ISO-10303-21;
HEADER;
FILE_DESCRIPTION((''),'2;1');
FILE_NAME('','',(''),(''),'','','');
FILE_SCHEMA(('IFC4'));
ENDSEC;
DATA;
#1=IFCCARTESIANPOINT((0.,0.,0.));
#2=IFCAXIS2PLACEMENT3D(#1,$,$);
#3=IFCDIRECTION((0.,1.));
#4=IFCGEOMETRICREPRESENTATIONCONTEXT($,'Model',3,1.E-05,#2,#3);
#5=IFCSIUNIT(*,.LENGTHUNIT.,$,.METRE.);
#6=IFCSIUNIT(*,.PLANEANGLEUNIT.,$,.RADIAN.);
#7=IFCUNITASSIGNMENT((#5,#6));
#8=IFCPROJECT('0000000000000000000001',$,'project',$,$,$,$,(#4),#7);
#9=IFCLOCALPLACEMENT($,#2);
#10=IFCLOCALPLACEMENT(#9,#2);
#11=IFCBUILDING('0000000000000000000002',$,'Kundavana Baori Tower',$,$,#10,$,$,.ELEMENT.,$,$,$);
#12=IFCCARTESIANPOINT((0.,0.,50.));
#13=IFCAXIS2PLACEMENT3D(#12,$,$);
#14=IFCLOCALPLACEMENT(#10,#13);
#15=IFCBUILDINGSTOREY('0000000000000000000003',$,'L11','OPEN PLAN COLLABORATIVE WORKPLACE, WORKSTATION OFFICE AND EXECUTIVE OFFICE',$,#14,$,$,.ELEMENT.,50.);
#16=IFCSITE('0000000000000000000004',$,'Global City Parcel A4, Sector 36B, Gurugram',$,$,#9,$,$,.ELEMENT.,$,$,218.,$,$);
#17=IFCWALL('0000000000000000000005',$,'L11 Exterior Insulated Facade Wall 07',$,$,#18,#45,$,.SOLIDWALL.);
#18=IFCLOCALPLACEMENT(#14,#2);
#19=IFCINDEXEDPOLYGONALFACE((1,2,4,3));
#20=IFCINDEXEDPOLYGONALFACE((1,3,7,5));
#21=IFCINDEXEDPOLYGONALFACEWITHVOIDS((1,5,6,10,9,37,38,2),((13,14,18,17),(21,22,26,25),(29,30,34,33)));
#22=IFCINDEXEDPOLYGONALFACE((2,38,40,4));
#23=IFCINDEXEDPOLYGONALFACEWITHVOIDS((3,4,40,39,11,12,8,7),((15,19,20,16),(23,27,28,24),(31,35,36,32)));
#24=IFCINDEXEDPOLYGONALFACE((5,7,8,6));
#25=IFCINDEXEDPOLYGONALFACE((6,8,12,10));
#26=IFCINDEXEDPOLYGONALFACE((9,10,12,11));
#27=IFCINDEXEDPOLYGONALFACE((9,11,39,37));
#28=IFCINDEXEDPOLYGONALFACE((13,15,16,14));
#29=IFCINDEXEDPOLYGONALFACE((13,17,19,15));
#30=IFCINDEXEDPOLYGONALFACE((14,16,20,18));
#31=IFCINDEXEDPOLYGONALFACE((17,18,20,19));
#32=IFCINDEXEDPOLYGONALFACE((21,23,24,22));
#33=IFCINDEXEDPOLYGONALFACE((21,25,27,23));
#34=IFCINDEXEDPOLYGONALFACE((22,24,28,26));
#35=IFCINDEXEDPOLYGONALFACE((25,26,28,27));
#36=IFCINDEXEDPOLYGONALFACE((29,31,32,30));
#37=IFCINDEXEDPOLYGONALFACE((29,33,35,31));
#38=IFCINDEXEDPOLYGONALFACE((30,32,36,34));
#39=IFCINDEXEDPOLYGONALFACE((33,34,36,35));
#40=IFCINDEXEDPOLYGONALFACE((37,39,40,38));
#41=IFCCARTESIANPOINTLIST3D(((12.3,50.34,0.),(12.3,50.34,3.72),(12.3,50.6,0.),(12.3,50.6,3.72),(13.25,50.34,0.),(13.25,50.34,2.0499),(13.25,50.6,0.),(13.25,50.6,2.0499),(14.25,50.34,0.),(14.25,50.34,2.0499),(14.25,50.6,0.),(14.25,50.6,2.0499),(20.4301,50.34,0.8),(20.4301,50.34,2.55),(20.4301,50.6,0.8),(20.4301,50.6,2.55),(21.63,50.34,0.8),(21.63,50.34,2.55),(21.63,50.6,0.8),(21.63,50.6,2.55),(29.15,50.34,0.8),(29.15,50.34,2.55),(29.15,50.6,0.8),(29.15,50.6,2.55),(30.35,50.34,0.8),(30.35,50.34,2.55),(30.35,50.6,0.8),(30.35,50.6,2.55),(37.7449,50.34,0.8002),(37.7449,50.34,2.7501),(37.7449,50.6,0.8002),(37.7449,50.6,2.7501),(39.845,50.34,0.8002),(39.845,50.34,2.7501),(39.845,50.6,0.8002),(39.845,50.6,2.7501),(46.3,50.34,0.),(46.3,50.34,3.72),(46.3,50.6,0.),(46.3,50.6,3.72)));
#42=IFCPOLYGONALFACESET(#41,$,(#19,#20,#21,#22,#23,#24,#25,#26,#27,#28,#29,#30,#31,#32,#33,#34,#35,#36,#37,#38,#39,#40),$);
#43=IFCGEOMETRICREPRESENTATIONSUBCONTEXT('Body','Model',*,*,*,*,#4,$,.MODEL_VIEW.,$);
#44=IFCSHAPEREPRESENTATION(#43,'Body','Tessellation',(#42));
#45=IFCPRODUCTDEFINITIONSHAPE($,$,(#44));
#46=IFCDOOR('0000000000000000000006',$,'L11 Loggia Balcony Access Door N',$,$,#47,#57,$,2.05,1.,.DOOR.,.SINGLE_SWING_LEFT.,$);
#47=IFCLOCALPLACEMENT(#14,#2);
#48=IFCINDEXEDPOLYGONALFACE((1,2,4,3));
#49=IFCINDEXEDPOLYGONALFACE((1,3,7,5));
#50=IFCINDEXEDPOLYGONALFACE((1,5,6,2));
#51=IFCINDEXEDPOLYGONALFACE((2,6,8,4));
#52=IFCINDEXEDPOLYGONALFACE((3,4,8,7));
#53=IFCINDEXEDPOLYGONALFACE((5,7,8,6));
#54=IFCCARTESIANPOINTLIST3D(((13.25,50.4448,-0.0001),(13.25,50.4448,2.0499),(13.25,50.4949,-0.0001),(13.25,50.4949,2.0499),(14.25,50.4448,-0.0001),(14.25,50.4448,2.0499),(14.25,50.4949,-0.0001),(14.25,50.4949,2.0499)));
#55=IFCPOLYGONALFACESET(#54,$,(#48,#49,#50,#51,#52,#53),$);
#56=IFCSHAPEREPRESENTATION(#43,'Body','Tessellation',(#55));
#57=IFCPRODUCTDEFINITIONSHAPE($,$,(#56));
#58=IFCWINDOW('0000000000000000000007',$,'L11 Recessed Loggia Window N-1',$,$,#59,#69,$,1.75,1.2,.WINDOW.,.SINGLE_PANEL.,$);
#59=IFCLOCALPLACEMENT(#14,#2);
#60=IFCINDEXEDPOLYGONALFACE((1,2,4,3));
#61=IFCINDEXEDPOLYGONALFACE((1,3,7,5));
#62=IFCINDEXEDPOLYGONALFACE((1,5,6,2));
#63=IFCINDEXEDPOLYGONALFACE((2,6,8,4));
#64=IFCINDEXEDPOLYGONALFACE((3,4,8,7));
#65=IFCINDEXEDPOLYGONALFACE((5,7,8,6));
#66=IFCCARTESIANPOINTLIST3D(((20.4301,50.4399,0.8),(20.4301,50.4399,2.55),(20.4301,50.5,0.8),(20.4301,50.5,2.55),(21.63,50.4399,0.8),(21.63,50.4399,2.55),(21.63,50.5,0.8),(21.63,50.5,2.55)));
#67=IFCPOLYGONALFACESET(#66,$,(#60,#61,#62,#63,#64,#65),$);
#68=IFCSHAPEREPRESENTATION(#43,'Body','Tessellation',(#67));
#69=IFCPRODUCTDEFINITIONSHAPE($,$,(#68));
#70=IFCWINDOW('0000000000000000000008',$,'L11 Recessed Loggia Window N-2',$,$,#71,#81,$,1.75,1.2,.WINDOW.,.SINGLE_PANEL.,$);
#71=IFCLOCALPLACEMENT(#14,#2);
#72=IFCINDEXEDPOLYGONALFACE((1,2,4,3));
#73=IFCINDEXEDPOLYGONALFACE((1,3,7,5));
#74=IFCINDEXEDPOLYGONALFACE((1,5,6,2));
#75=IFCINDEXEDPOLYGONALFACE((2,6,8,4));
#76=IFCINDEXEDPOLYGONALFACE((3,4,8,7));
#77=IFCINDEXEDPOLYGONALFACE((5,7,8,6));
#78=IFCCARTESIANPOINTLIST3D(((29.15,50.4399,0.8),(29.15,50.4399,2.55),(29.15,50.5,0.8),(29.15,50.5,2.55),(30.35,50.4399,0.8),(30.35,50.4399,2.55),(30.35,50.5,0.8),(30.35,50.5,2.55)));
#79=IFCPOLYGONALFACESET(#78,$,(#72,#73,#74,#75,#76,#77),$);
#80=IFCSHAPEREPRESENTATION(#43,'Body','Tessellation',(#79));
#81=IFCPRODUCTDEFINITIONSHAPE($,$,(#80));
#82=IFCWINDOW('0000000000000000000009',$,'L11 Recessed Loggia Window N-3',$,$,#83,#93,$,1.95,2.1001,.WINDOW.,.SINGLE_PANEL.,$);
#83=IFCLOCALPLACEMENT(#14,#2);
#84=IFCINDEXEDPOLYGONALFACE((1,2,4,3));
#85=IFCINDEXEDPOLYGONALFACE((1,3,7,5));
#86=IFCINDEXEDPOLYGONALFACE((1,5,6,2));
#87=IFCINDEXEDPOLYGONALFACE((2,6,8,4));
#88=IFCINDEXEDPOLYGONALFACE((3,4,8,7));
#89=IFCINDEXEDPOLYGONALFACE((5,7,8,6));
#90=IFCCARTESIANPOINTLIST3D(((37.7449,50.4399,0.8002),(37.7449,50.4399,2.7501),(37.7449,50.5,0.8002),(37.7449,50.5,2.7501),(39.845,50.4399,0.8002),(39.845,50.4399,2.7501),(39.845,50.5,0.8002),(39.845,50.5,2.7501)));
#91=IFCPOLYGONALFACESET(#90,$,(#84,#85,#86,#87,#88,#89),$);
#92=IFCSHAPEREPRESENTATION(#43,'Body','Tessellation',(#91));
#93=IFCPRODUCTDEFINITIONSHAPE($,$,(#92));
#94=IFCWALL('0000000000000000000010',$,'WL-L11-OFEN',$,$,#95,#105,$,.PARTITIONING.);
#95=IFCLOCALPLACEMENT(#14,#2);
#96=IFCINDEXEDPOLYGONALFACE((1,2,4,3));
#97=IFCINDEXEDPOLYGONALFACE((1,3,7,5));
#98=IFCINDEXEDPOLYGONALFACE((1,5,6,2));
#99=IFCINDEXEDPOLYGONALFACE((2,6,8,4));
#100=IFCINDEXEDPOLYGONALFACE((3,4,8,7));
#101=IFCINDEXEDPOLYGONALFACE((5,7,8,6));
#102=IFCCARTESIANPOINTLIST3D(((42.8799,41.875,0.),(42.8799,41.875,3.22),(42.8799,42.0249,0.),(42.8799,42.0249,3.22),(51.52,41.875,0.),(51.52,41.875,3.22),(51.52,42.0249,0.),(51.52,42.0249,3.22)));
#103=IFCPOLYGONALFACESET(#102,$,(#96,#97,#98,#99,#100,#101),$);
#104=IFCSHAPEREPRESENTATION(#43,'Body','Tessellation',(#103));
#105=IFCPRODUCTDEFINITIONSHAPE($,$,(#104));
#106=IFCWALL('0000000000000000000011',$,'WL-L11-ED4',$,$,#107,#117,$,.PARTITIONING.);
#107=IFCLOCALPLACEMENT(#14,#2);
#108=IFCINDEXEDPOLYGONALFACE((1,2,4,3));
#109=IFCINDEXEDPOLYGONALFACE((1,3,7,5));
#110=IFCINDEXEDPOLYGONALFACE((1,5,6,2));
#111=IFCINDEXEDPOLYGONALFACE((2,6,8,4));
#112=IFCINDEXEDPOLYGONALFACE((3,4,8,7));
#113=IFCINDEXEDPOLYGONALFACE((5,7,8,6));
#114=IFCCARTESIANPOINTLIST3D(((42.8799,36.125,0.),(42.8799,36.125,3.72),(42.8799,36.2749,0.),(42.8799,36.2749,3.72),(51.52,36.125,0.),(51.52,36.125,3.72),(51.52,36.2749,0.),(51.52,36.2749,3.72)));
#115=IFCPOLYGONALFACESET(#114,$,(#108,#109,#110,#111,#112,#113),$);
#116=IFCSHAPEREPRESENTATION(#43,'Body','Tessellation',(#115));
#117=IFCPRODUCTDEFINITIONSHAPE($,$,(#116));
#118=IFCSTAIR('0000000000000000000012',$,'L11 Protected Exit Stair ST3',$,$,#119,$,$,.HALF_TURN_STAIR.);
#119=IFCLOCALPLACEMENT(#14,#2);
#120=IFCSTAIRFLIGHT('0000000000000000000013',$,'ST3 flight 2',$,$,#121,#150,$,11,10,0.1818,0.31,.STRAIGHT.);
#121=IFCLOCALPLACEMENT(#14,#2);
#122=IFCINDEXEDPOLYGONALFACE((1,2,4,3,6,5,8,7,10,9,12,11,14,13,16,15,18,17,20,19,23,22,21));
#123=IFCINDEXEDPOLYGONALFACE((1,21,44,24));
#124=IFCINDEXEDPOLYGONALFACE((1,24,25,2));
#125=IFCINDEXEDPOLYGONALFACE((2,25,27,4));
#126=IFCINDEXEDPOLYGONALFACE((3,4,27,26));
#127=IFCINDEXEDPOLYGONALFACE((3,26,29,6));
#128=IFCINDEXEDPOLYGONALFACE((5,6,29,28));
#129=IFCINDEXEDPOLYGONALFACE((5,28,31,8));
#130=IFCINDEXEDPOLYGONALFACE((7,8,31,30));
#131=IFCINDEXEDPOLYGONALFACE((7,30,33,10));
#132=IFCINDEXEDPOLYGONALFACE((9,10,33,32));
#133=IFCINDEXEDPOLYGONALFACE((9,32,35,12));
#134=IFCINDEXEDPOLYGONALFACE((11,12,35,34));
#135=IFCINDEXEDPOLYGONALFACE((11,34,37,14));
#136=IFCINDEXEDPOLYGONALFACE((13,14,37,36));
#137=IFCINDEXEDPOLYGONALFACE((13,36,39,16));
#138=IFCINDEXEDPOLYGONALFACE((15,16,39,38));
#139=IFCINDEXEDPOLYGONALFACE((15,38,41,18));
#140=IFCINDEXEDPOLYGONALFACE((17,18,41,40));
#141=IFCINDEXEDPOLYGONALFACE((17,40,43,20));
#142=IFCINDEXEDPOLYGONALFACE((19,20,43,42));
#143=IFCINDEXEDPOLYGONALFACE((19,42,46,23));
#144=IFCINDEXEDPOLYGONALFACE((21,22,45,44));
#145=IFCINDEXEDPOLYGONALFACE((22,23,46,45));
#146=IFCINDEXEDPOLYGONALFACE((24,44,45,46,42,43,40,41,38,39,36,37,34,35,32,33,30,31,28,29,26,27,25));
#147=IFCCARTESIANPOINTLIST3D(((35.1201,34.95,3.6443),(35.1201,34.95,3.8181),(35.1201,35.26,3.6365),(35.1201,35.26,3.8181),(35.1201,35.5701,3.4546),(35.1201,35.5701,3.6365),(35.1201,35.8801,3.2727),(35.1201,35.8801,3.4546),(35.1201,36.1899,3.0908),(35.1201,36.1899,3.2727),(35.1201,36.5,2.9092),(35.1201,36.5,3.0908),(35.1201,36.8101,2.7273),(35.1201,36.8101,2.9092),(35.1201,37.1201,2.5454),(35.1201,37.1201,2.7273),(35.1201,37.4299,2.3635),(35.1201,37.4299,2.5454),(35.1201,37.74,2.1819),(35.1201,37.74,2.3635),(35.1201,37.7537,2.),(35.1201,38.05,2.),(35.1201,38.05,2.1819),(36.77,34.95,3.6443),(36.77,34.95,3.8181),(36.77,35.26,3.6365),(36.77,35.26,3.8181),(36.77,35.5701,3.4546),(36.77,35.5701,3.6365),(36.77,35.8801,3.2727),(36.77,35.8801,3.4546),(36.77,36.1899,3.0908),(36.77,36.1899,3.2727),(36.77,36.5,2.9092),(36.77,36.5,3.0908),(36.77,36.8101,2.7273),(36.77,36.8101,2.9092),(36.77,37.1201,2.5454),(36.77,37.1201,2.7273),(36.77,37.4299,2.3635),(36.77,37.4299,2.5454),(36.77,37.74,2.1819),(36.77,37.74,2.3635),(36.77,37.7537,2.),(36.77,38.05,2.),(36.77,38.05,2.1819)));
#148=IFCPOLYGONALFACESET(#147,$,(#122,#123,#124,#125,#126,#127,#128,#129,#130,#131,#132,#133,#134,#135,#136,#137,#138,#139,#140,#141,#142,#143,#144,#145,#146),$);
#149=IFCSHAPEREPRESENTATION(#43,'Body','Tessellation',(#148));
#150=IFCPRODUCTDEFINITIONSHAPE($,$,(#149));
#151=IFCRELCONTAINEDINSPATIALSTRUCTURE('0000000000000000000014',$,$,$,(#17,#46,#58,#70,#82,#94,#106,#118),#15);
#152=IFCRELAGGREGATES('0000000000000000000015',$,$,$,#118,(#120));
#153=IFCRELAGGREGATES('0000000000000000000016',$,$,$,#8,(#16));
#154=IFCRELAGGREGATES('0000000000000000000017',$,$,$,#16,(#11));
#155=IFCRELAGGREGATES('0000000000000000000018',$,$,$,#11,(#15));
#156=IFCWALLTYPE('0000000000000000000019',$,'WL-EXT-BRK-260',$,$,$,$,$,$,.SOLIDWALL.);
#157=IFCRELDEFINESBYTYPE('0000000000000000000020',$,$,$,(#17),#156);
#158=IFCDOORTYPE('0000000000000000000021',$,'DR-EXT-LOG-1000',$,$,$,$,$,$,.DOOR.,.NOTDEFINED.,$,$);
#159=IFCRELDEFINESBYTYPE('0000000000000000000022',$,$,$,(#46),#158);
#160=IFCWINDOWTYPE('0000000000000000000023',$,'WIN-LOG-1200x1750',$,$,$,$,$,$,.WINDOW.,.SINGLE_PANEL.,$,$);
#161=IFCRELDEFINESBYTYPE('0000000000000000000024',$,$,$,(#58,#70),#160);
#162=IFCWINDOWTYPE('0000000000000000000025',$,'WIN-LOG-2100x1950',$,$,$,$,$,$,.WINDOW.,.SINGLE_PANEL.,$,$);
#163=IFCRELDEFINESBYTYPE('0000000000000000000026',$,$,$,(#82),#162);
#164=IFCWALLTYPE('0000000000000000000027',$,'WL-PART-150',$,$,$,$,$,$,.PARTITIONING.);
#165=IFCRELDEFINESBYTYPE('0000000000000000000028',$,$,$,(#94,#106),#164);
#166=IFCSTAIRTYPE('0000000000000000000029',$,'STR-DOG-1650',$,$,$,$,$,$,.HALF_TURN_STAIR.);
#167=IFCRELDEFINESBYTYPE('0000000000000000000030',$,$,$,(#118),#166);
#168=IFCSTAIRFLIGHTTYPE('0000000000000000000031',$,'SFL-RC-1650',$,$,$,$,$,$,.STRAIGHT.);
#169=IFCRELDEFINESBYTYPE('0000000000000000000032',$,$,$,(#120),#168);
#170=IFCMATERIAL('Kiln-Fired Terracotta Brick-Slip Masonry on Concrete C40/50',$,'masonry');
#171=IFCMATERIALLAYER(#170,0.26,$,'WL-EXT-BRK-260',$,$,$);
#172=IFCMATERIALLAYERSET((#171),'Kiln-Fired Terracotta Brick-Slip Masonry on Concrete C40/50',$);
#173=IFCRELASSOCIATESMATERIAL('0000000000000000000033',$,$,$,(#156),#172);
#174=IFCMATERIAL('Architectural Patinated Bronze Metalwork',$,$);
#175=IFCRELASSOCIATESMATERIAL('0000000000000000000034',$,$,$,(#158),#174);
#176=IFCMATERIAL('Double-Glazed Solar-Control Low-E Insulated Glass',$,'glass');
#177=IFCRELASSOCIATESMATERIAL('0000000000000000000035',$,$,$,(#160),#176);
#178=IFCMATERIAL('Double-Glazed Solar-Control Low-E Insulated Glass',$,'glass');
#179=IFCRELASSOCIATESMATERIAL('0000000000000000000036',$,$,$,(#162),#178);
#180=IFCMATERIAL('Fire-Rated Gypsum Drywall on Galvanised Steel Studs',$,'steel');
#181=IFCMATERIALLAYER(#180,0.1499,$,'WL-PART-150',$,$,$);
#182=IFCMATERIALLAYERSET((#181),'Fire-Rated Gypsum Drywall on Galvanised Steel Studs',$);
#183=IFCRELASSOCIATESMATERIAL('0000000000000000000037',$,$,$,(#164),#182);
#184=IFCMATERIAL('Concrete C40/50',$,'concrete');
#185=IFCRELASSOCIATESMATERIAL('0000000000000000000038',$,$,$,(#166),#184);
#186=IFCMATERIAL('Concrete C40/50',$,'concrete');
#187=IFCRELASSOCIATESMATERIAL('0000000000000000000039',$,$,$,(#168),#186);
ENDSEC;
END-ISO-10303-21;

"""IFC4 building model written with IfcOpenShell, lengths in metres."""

from ifc_helpers import new_model, si_unit, direction, frame, frame_2d, origin, place, context, subcontext, project, spatial, polyline, rectangle, outline, extrude, material, layer, layer_set, type_object, element, fill, aggregate, save


model = new_model("IFC4")

# Units and contexts
model_context = context("Model", 3, precision=1e-05, world=origin(), true_north=direction((0.0, 1.0)))
body_context = subcontext(model_context, "Body", "Model", "MODEL_VIEW")
ifc_project = project(units=[si_unit("LENGTHUNIT", "METRE"), si_unit("PLANEANGLEUNIT", "RADIAN")], contexts=[model_context])

# Site, building, storey
site_placement = place(None, origin())
site = spatial("IfcSite", under=ifc_project, at=site_placement, Name="Global City Parcel A4, Sector 36B, Gurugram", CompositionType="ELEMENT", RefElevation=218.0)
building_placement = place(site_placement, origin())
building = spatial("IfcBuilding", under=site, at=building_placement, Name="Kundavana Baori Tower", CompositionType="ELEMENT")
storey_placement = place(building_placement, frame((0.0, 0.0, 50.0)))
storey = spatial("IfcBuildingStorey", under=building, at=storey_placement, Name="L11", Description="OPEN PLAN COLLABORATIVE WORKPLACE, WORKSTATION OFFICE AND EXECUTIVE OFFICE", CompositionType="ELEMENT", Elevation=50.0)

# Shared definitions
ifc_material_1 = material(Name="Kiln-Fired Terracotta Brick-Slip Masonry on Concrete C40/50", Category="masonry")
ifc_layer_1 = layer(ifc_material_1, 0.26, Name="WL-EXT-BRK-260")
ifc_layer_set_1 = layer_set([ifc_layer_1], Name="Kiln-Fired Terracotta Brick-Slip Masonry on Concrete C40/50")
wall_type_1 = type_object("IfcWallType", Name="WL-EXT-BRK-260", PredefinedType="SOLIDWALL", material=ifc_layer_set_1)

# Wall, openings, door, windows
wall_1_placement = place(storey_placement, frame((46.3, 50.47, 0.0), z_axis=(0.0, 0.0, 1.0), x_axis=(-1.0, 0.0, 0.0)))
wall_1 = element("IfcWall", 1, at=wall_1_placement, inside=storey, type_object=wall_type_1, Name="L11 Exterior Insulated Facade Wall 07", PredefinedType="SOLIDWALL", context=body_context, shape_type="SweptSolid", body=[
    extrude(rectangle(XDim=34.0, YDim=0.26, at=frame_2d((17.0, 0.0))), origin(), (0.0, 0.0, 1.0), 3.72),
])
opening_1_placement = place(wall_1_placement, frame((32.05, 0.0, 0.0)))
opening_1 = element("IfcOpeningElement", 2, at=opening_1_placement, cuts=wall_1, PredefinedType="OPENING", context=body_context, shape_type="SweptSolid", body=[
    extrude(rectangle(XDim=1.0, YDim=2.05, at=frame_2d((0.5, 1.0249))), frame((0.0, 0.1401, 0.0), z_axis=(0.0, -1.0, 0.0), x_axis=(1.0, 0.0, 0.0)), (0.0, 0.0, 1.0), 0.28),
])
opening_2_placement = place(wall_1_placement, frame((24.6699, 0.0, 0.8)))
opening_2 = element("IfcOpeningElement", 3, at=opening_2_placement, cuts=wall_1, PredefinedType="OPENING", context=body_context, shape_type="SweptSolid", body=[
    extrude(rectangle(XDim=1.2, YDim=1.75, at=frame_2d((0.6001, 0.875))), frame((0.0, 0.1401, 0.0), z_axis=(0.0, -1.0, 0.0), x_axis=(1.0, 0.0, 0.0)), (0.0, 0.0, 1.0), 0.28),
])
opening_3_placement = place(wall_1_placement, frame((15.95, 0.0, 0.8)))
opening_3 = element("IfcOpeningElement", 4, at=opening_3_placement, cuts=wall_1, PredefinedType="OPENING", context=body_context, shape_type="SweptSolid", body=[
    extrude(rectangle(XDim=1.2, YDim=1.75, at=frame_2d((0.6001, 0.875))), frame((0.0, 0.1401, 0.0), z_axis=(0.0, -1.0, 0.0), x_axis=(1.0, 0.0, 0.0)), (0.0, 0.0, 1.0), 0.28),
])
opening_4_placement = place(wall_1_placement, frame((6.4551, 0.0, 0.8)))
opening_4 = element("IfcOpeningElement", 5, at=opening_4_placement, cuts=wall_1, PredefinedType="OPENING", context=body_context, shape_type="SweptSolid", body=[
    extrude(rectangle(XDim=2.1001, YDim=1.95, at=frame_2d((1.05, 0.9751))), frame((0.0, 0.1401, 0.0), z_axis=(0.0, -1.0, 0.0), x_axis=(1.0, 0.0, 0.0)), (0.0, 0.0, 1.0), 0.28),
])
ifc_material_2 = material(Name="Architectural Patinated Bronze Metalwork")
door_type = type_object("IfcDoorType", Name="DR-EXT-LOG-1000", OperationType="NOTDEFINED", PredefinedType="DOOR", material=ifc_material_2)
door_placement = place(opening_1_placement, frame((1.0, 0.0, 0.0), z_axis=(0.0, 0.0, 1.0), x_axis=(-1.0, 0.0, 0.0)))
door = element("IfcDoor", 6, at=door_placement, inside=storey, type_object=door_type, Name="L11 Loggia Balcony Access Door N", OperationType="SINGLE_SWING_LEFT", OverallHeight=2.05, OverallWidth=1.0, PredefinedType="DOOR", context=body_context, shape_type="SweptSolid", body=[
    extrude(rectangle(XDim=1.0, YDim=2.05, at=frame_2d((0.5, 1.0249))), frame((0.0, 0.0249, 0.0), z_axis=(0.0, -1.0, 0.0), x_axis=(1.0, 0.0, 0.0)), (0.0, 0.0, 1.0), 0.05),
])
fill(opening_1, door)
ifc_material_3 = material(Name="Double-Glazed Solar-Control Low-E Insulated Glass", Category="glass")
window_type_1 = type_object("IfcWindowType", Name="WIN-LOG-1200x1750", PartitioningType="SINGLE_PANEL", PredefinedType="WINDOW", material=ifc_material_3)
window_1_placement = place(opening_2_placement, origin())
window_1 = element("IfcWindow", 7, at=window_1_placement, inside=storey, type_object=window_type_1, Name="L11 Recessed Loggia Window N-1", OverallHeight=1.75, OverallWidth=1.2, PartitioningType="SINGLE_PANEL", PredefinedType="WINDOW", context=body_context, shape_type="SweptSolid", body=[
    extrude(rectangle(XDim=1.2, YDim=1.75, at=frame_2d((0.6001, 0.875))), frame((0.0, 0.03, 0.0), z_axis=(0.0, -1.0, 0.0), x_axis=(1.0, 0.0, 0.0)), (0.0, 0.0, 1.0), 0.0601),
])
fill(opening_2, window_1)
window_2_placement = place(opening_3_placement, origin())
window_2 = element("IfcWindow", 8, at=window_2_placement, inside=storey, type_object=window_type_1, Name="L11 Recessed Loggia Window N-2", OverallHeight=1.75, OverallWidth=1.2, PartitioningType="SINGLE_PANEL", PredefinedType="WINDOW", context=body_context, shape_type="SweptSolid", body=[
    extrude(rectangle(XDim=1.2, YDim=1.75, at=frame_2d((0.6001, 0.875))), frame((0.0, 0.03, 0.0), z_axis=(0.0, -1.0, 0.0), x_axis=(1.0, 0.0, 0.0)), (0.0, 0.0, 1.0), 0.0601),
])
fill(opening_3, window_2)
ifc_material_4 = material(Name="Double-Glazed Solar-Control Low-E Insulated Glass", Category="glass")
window_type_2 = type_object("IfcWindowType", Name="WIN-LOG-2100x1950", PartitioningType="SINGLE_PANEL", PredefinedType="WINDOW", material=ifc_material_4)
window_3_placement = place(opening_4_placement, origin())
window_3 = element("IfcWindow", 9, at=window_3_placement, inside=storey, type_object=window_type_2, Name="L11 Recessed Loggia Window N-3", OverallHeight=1.95, OverallWidth=2.1001, PartitioningType="SINGLE_PANEL", PredefinedType="WINDOW", context=body_context, shape_type="SweptSolid", body=[
    extrude(rectangle(XDim=2.1001, YDim=1.95, at=frame_2d((1.05, 0.9751))), frame((0.0, 0.03, 0.0), z_axis=(0.0, -1.0, 0.0), x_axis=(1.0, 0.0, 0.0)), (0.0, 0.0, 1.0), 0.0601),
])
fill(opening_4, window_3)

# Walls
ifc_material_5 = material(Name="Fire-Rated Gypsum Drywall on Galvanised Steel Studs", Category="steel")
ifc_layer_2 = layer(ifc_material_5, 0.1499, Name="WL-PART-150")
ifc_layer_set_2 = layer_set([ifc_layer_2], Name="Fire-Rated Gypsum Drywall on Galvanised Steel Studs")
wall_type_2 = type_object("IfcWallType", Name="WL-PART-150", PredefinedType="PARTITIONING", material=ifc_layer_set_2)
wall_2_placement = place(storey_placement, frame((42.8799, 41.95, 0.0), z_axis=(0.0, 0.0, 1.0), x_axis=(1.0, 0.0, 0.0)))
element("IfcWall", 10, at=wall_2_placement, inside=storey, type_object=wall_type_2, Name="WL-L11-OFEN", PredefinedType="PARTITIONING", context=body_context, shape_type="SweptSolid", body=[
    extrude(rectangle(XDim=8.6401, YDim=0.1499, at=frame_2d((4.3201, 0.0))), origin(), (0.0, 0.0, 1.0), 3.22),
])
wall_3_placement = place(storey_placement, frame((42.8799, 36.2, 0.0), z_axis=(0.0, 0.0, 1.0), x_axis=(1.0, 0.0, 0.0)))
element("IfcWall", 11, at=wall_3_placement, inside=storey, type_object=wall_type_2, Name="WL-L11-ED4", PredefinedType="PARTITIONING", context=body_context, shape_type="SweptSolid", body=[
    extrude(rectangle(XDim=8.6401, YDim=0.1499, at=frame_2d((4.3201, 0.0))), origin(), (0.0, 0.0, 1.0), 3.72),
])

# Stair, stair flight
ifc_material_6 = material(Name="Concrete C40/50", Category="concrete")
stair_type = type_object("IfcStairType", Name="STR-DOG-1650", PredefinedType="HALF_TURN_STAIR", material=ifc_material_6)
stair_placement = place(storey_placement, origin())
stair = element("IfcStair", 12, at=stair_placement, inside=storey, type_object=stair_type, Name="L11 Protected Exit Stair ST3", PredefinedType="HALF_TURN_STAIR")
ifc_material_7 = material(Name="Concrete C40/50", Category="concrete")
stair_flight_type = type_object("IfcStairFlightType", Name="SFL-RC-1650", PredefinedType="STRAIGHT", material=ifc_material_7)
stair_flight_placement = place(storey_placement, frame((35.9451, 38.05, 2.0), z_axis=(0.0, 0.0, 1.0), x_axis=(0.0, -1.0, 0.0)))
stair_flight = element("IfcStairFlight", 13, at=stair_flight_placement, type_object=stair_flight_type, Name="ST3 flight 2", NumberOfRisers=11, NumberOfTreads=10, PredefinedType="STRAIGHT", RiserHeight=0.1818, TreadLength=0.31, context=body_context, shape_type="SweptSolid", body=[
    extrude(outline(polyline([(0.0, 0.0), (0.0, 0.1819), (0.3101, 0.1819), (0.3101, 0.3635), (0.6201, 0.3635), (0.6201, 0.5454), (0.9299, 0.5454), (0.9299, 0.7273), (1.24, 0.7273), (1.24, 0.9092), (1.55, 0.9092), (1.55, 1.0908), (1.8601, 1.0908), (1.8601, 1.2727), (2.1699, 1.2727), (2.1699, 1.4546), (2.48, 1.4546), (2.48, 1.6365), (2.79, 1.6365), (2.79, 1.8181), (3.1001, 1.8181), (3.1001, 2.0), (3.1001, 1.6443), (0.2964, 0.0), (0.0, 0.0)])), frame((0.0, 0.825, 0.0), z_axis=(0.0, -1.0, 0.0), x_axis=(1.0, 0.0, 0.0)), (0.0, 0.0, 1.0), 1.6499),
])
aggregate(stair, [stair_flight])

save(model, "model.ifc")
